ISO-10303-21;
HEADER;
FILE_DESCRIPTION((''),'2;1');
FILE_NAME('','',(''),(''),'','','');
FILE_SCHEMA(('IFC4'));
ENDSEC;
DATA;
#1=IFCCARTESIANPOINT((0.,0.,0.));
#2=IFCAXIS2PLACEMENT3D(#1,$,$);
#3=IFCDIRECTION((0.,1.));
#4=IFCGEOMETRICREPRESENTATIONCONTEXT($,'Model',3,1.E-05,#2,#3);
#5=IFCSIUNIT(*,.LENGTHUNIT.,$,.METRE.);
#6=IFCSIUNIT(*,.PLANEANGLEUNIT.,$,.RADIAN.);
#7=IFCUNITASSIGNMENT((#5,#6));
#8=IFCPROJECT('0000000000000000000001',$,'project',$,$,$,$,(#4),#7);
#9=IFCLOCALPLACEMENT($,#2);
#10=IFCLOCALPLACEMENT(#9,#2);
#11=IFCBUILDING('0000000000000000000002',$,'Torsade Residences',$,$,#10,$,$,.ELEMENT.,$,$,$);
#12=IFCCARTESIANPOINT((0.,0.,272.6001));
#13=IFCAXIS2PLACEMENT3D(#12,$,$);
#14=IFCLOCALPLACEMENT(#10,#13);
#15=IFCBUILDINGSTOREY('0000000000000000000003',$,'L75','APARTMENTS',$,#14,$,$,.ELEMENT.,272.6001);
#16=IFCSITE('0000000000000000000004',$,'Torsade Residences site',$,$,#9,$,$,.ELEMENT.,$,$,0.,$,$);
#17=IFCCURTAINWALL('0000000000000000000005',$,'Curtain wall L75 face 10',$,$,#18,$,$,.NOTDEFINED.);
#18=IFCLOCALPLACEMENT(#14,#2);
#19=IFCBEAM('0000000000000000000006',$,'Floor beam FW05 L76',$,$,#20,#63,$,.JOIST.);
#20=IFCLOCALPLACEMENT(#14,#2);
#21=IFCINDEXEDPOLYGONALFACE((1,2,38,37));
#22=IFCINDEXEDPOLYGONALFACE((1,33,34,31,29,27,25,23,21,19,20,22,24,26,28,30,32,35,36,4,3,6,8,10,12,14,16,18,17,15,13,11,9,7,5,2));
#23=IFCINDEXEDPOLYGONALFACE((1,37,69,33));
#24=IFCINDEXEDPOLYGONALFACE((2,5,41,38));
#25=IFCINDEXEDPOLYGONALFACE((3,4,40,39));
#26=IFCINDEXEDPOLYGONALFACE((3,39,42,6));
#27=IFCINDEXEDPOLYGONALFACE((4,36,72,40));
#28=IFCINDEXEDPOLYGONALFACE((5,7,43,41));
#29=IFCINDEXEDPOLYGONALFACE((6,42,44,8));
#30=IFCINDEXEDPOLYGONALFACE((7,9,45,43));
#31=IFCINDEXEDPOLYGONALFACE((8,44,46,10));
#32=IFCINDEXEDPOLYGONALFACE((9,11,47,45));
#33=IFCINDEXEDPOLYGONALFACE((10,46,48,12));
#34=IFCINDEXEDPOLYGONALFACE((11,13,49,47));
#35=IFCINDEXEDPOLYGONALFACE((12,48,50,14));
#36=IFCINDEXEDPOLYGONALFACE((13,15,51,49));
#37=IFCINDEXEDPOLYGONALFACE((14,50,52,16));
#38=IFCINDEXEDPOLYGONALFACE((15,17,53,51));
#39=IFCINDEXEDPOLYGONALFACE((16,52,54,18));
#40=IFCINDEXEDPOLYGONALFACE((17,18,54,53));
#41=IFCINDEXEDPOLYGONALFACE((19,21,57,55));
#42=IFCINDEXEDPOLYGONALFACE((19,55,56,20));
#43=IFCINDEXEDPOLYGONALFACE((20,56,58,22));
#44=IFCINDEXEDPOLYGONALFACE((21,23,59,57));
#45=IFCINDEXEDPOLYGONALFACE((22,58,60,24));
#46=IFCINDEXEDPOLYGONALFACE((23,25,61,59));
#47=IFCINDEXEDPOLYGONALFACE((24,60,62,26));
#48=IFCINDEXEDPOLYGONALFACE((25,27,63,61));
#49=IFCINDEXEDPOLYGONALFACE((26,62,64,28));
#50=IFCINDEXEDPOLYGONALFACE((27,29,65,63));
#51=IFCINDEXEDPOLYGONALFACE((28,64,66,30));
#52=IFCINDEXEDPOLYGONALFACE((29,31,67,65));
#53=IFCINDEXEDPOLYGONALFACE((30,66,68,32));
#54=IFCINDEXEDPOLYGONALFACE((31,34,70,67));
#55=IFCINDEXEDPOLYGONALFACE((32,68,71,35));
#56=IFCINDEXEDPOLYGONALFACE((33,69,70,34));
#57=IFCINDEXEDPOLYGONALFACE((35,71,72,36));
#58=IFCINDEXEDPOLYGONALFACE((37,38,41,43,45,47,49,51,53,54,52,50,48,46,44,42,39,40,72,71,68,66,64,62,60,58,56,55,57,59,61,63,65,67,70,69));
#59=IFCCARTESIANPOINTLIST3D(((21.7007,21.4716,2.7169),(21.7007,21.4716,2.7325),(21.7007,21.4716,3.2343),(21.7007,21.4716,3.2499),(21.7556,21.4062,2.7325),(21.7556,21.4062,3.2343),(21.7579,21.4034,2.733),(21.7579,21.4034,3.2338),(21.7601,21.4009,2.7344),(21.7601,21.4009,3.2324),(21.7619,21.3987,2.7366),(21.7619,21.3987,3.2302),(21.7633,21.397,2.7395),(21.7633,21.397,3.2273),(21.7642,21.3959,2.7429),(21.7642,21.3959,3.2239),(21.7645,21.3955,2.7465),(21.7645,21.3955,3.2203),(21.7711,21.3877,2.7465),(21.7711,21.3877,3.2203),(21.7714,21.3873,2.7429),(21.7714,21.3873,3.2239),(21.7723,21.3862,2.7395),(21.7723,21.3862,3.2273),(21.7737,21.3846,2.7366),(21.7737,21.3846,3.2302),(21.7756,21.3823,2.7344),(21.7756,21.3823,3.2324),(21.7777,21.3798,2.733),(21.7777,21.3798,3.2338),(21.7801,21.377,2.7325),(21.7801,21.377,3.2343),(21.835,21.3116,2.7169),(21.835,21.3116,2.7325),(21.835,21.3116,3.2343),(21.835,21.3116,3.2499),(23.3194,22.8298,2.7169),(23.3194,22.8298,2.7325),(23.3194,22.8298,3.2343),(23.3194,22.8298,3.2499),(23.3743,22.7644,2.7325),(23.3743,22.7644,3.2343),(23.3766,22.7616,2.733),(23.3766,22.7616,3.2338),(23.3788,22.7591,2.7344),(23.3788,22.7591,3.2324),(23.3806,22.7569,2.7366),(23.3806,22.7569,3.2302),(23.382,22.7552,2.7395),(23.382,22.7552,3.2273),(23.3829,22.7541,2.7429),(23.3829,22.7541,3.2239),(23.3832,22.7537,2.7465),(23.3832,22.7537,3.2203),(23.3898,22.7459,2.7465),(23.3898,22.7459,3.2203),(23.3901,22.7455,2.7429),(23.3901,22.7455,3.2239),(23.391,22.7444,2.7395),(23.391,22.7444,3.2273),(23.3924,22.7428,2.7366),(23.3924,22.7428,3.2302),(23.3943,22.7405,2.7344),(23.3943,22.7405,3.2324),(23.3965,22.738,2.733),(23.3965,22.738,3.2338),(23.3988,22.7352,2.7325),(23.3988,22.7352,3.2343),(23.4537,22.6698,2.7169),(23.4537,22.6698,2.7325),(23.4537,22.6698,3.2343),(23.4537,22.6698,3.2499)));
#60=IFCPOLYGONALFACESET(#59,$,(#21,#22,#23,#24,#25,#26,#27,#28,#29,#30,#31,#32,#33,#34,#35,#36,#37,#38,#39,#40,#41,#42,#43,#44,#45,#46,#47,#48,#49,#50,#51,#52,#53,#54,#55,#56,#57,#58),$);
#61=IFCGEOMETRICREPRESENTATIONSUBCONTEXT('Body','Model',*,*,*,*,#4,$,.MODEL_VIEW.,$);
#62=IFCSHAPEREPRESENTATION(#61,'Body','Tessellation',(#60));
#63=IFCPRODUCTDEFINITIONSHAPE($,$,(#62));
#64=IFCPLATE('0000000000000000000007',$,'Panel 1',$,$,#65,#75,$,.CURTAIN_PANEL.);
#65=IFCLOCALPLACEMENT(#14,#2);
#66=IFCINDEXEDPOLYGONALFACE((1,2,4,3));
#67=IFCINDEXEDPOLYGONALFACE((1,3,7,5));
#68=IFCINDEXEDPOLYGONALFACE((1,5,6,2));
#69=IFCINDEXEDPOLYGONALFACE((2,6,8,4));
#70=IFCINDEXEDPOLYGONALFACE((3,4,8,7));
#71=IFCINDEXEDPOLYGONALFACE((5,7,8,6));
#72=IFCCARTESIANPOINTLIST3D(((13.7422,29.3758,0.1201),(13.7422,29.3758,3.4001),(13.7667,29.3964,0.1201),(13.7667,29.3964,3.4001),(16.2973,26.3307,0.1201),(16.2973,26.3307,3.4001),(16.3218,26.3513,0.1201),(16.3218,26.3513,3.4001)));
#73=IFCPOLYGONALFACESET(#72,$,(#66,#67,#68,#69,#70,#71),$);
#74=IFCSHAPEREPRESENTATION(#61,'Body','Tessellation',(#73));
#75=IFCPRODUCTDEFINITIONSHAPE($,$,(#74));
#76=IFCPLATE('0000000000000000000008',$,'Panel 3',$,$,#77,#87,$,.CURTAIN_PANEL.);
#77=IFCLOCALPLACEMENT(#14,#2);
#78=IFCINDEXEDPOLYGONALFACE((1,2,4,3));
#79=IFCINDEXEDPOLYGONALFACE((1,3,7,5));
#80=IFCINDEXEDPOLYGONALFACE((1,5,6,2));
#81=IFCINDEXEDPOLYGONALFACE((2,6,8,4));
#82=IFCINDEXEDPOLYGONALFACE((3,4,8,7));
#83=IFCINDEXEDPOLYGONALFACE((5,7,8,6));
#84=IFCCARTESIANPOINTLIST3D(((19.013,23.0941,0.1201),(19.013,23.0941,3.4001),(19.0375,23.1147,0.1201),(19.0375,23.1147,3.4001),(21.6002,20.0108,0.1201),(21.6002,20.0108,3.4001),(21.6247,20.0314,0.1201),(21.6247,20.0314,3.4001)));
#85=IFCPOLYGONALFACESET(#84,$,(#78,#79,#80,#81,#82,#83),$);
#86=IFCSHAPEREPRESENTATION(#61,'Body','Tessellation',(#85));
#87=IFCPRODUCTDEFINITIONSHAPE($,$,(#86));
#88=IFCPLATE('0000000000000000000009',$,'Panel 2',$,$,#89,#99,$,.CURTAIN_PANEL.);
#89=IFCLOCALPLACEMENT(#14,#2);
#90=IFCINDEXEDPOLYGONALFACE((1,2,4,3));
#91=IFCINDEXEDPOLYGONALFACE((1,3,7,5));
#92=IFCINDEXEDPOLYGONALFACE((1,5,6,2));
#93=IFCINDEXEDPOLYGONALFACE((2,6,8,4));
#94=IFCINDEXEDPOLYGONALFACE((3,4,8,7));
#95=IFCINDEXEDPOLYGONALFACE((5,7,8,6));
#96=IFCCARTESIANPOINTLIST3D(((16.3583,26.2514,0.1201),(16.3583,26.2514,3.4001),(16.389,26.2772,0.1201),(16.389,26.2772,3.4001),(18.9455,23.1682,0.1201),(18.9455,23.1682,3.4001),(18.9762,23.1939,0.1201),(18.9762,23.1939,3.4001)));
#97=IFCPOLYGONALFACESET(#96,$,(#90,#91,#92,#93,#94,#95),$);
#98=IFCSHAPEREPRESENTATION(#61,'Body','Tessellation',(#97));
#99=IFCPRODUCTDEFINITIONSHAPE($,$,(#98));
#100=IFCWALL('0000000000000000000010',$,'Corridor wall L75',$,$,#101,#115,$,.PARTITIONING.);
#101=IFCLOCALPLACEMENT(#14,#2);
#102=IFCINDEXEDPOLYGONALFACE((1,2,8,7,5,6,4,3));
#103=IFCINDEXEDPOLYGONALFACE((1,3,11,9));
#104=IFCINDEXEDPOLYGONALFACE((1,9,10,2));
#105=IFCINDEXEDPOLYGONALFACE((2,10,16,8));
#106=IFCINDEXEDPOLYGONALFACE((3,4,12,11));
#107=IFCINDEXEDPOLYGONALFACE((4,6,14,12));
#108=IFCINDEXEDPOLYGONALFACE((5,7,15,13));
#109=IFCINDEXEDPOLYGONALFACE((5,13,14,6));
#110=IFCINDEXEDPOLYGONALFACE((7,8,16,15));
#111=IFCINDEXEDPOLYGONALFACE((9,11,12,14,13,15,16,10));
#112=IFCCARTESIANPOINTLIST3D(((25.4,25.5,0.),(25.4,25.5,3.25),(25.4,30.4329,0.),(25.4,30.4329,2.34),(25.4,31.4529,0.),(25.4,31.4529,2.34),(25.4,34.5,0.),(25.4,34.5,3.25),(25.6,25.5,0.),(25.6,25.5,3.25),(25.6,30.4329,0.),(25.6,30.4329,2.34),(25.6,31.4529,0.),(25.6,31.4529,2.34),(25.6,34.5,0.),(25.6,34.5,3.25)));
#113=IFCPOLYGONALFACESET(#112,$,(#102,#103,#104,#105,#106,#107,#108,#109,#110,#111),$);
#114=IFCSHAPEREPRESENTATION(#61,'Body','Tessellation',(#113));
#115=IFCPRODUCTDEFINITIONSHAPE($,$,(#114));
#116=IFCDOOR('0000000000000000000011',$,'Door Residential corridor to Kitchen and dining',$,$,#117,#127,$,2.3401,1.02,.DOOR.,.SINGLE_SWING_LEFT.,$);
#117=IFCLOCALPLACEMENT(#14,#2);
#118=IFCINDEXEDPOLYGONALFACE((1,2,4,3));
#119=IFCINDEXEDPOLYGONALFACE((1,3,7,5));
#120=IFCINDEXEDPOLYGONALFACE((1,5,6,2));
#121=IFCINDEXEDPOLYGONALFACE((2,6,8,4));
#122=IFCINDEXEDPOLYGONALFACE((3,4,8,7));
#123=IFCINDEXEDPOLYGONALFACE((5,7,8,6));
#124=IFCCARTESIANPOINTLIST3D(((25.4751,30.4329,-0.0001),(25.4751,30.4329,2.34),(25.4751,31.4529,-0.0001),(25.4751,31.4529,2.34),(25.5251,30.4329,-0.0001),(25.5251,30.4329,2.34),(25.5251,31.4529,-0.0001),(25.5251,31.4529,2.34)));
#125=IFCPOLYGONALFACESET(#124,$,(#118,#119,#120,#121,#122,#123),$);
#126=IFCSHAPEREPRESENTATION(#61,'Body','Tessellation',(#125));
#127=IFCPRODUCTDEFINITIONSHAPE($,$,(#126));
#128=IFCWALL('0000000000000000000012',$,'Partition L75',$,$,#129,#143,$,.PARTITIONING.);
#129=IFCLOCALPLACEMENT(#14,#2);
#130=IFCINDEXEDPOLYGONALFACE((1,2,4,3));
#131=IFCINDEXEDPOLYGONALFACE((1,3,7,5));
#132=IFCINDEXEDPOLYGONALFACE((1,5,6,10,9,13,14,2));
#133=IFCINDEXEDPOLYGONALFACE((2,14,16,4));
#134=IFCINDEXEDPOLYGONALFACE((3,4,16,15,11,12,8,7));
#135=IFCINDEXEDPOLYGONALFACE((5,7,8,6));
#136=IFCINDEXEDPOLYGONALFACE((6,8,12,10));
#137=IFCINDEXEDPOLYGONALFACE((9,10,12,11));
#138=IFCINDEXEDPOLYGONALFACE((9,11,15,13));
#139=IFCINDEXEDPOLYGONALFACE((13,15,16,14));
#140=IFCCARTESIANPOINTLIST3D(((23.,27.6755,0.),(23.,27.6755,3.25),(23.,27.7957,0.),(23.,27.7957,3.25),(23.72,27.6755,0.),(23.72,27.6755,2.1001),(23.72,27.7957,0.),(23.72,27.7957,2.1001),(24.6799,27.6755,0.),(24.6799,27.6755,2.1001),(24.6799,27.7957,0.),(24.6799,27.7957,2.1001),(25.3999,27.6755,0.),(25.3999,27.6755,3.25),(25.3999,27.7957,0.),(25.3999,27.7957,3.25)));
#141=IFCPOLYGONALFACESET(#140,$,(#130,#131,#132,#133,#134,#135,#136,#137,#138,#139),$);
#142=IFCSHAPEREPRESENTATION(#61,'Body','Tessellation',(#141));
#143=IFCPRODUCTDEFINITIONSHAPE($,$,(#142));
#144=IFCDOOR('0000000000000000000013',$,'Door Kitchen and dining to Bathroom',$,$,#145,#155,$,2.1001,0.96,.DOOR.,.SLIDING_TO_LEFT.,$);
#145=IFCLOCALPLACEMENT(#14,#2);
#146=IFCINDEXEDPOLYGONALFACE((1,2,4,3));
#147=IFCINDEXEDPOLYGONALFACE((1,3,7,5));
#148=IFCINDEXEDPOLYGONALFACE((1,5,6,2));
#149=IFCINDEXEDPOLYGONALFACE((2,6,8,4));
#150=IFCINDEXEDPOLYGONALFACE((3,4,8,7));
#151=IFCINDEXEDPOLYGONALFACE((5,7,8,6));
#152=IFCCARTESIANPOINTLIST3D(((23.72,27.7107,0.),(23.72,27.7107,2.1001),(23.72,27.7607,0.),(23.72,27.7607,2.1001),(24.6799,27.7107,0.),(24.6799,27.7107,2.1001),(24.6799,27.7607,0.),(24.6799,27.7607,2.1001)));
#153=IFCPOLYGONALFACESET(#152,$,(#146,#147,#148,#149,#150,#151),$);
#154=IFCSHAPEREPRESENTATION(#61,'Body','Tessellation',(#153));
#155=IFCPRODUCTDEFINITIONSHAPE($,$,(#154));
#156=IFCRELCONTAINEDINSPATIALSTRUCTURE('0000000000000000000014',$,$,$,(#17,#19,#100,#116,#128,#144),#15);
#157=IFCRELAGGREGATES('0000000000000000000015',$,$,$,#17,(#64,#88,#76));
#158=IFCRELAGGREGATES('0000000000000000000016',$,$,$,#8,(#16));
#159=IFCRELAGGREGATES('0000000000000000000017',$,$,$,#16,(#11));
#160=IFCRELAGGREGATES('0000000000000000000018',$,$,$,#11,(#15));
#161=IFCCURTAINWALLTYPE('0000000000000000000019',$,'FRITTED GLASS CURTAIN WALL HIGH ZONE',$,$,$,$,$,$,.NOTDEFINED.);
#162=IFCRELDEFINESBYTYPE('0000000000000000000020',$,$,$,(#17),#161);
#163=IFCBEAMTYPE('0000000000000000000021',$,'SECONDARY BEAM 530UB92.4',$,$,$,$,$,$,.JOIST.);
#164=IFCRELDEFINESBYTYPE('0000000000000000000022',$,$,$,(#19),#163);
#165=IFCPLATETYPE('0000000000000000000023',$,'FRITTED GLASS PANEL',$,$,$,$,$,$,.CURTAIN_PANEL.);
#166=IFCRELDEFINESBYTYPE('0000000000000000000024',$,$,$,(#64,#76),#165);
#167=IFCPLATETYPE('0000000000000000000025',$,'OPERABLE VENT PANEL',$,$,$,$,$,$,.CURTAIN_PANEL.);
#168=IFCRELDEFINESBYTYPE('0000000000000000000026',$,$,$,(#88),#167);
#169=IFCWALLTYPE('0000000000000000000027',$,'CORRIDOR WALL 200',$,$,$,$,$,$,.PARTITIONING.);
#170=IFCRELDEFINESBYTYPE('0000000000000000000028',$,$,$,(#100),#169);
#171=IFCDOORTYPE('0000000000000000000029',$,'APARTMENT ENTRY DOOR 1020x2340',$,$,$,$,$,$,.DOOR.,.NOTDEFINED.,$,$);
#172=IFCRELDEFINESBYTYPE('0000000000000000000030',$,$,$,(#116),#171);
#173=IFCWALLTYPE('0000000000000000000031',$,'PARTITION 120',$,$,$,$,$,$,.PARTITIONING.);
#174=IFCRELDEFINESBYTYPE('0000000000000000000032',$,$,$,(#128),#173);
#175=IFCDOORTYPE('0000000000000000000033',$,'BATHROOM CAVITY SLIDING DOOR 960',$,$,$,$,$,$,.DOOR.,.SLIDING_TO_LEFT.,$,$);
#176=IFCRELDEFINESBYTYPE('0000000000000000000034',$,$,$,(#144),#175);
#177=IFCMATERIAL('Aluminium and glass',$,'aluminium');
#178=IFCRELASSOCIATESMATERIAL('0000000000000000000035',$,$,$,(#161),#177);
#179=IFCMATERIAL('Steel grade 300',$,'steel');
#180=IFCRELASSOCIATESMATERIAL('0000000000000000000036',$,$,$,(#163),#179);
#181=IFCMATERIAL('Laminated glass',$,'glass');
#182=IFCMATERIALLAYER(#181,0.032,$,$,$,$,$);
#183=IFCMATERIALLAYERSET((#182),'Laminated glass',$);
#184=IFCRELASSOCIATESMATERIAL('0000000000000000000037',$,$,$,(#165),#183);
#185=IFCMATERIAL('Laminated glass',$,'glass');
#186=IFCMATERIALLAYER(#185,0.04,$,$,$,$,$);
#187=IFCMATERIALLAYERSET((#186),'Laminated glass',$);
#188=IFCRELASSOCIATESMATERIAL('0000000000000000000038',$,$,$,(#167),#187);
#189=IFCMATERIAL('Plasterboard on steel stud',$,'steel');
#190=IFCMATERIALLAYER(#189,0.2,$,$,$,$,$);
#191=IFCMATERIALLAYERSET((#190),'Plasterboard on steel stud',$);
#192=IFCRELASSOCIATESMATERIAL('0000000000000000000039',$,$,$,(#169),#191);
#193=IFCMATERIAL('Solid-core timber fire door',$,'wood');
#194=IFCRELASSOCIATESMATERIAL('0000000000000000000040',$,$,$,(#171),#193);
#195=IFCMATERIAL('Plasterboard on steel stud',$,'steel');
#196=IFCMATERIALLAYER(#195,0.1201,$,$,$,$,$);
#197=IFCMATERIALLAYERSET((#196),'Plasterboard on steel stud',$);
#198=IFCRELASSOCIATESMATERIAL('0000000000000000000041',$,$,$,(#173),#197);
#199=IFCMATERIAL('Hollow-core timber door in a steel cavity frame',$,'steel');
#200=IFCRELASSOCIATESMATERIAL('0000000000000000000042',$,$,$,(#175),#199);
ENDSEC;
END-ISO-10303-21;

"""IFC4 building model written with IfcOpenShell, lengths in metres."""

from ifc_helpers import new_model, si_unit, direction, frame, frame_2d, origin, origin_2d, place, context, subcontext, project, spatial, rectangle, i_section, extrude, material, layer, layer_set, material_profile, profile_set, type_object, element, fill, aggregate, save


model = new_model("IFC4")

# Units and contexts
model_context = context("Model", 3, precision=1e-05, world=origin(), true_north=direction((0.0, 1.0)))
body_context = subcontext(model_context, "Body", "Model", "MODEL_VIEW")
ifc_project = project(units=[si_unit("LENGTHUNIT", "METRE"), si_unit("PLANEANGLEUNIT", "RADIAN")], contexts=[model_context])

# Site, building, storey
site_placement = place(None, origin())
site = spatial("IfcSite", under=ifc_project, at=site_placement, Name="Torsade Residences site", CompositionType="ELEMENT", RefElevation=0.0)
building_placement = place(site_placement, origin())
building = spatial("IfcBuilding", under=site, at=building_placement, Name="Torsade Residences", CompositionType="ELEMENT")
storey_placement = place(building_placement, frame((0.0, 0.0, 272.6001)))
storey = spatial("IfcBuildingStorey", under=building, at=storey_placement, Name="L75", Description="APARTMENTS", CompositionType="ELEMENT", Elevation=272.6001)

# Curtain wall
ifc_material_1 = material(Name="Aluminium and glass", Category="aluminium")
curtain_wall_type = type_object("IfcCurtainWallType", Name="FRITTED GLASS CURTAIN WALL HIGH ZONE", PredefinedType="NOTDEFINED", material=ifc_material_1)
curtain_wall_placement = place(storey_placement, origin())
curtain_wall = element("IfcCurtainWall", 1, at=curtain_wall_placement, inside=storey, type_object=curtain_wall_type, Name="Curtain wall L75 face 10", PredefinedType="NOTDEFINED")

# Beam
ifc_material_2 = material(Name="Steel grade 300", Category="steel")
ifc_material_profile_1 = material_profile(ifc_material_2, i_section(OverallWidth=0.209, OverallDepth=0.533, WebThickness=0.0103, FlangeThickness=0.0156, FilletRadius=0.0139, at=origin_2d()), Name="530UB92.4")
ifc_profile_set_1 = profile_set([ifc_material_profile_1], Name="Steel grade 300")
beam_type_1 = type_object("IfcBeamType", Name="SECONDARY BEAM 530UB92.4", PredefinedType="JOIST", material=ifc_profile_set_1)
beam_1_placement = place(storey_placement, frame((21.7678, 21.3916, 2.9834), z_axis=(0.766058, 0.642772, 0.0), x_axis=(-0.642772, 0.766058, 0.0)))
element("IfcBeam", 2, at=beam_1_placement, inside=storey, type_object=beam_type_1, Name="Floor beam FW05 L76", PredefinedType="JOIST", context=body_context, shape_type="SweptSolid", body=[
    extrude(i_section(OverallWidth=0.209, OverallDepth=0.533, WebThickness=0.0103, FlangeThickness=0.0156, FilletRadius=0.0139, at=origin_2d()), origin(), (0.0, 0.0, 1.0), 2.113),
])

# Plates
ifc_material_3 = material(Name="Laminated glass", Category="glass")
ifc_layer_1 = layer(ifc_material_3, 0.032)
ifc_layer_set_1 = layer_set([ifc_layer_1], Name="Laminated glass")
plate_type_1 = type_object("IfcPlateType", Name="FRITTED GLASS PANEL", PredefinedType="CURTAIN_PANEL", material=ifc_layer_set_1)
plate_1_placement = place(storey_placement, frame((15.032, 27.8635, 0.1201), z_axis=(0.0, 0.0, 1.0), x_axis=(0.642788, -0.766044, 0.0)))
plate_1 = element("IfcPlate", 3, at=plate_1_placement, type_object=plate_type_1, Name="Panel 1", PredefinedType="CURTAIN_PANEL", context=body_context, shape_type="SweptSolid", body=[
    extrude(rectangle(XDim=3.9751, YDim=0.032, at=origin_2d()), origin(), (0.0, 0.0, 1.0), 3.28),
])
plate_2_placement = place(storey_placement, frame((20.3188, 21.5627, 0.1201), z_axis=(0.0, 0.0, 1.0), x_axis=(0.642788, -0.766044, 0.0)))
plate_2 = element("IfcPlate", 4, at=plate_2_placement, type_object=plate_type_1, Name="Panel 3", PredefinedType="CURTAIN_PANEL", context=body_context, shape_type="SweptSolid", body=[
    extrude(rectangle(XDim=4.0249, YDim=0.032, at=origin_2d()), origin(), (0.0, 0.0, 1.0), 3.28),
])
ifc_material_4 = material(Name="Laminated glass", Category="glass")
ifc_layer_2 = layer(ifc_material_4, 0.04)
ifc_layer_set_2 = layer_set([ifc_layer_2], Name="Laminated glass")
plate_type_2 = type_object("IfcPlateType", Name="OPERABLE VENT PANEL", PredefinedType="CURTAIN_PANEL", material=ifc_layer_set_2)
plate_3_placement = place(storey_placement, frame((17.6672, 24.7227, 0.1201), z_axis=(0.0, 0.0, 1.0), x_axis=(0.642788, -0.766044, 0.0)))
plate_3 = element("IfcPlate", 5, at=plate_3_placement, type_object=plate_type_2, Name="Panel 2", PredefinedType="CURTAIN_PANEL", context=body_context, shape_type="SweptSolid", body=[
    extrude(rectangle(XDim=4.0249, YDim=0.04, at=origin_2d()), origin(), (0.0, 0.0, 1.0), 3.28),
])
aggregate(curtain_wall, [plate_1, plate_3, plate_2])

# Walls, openings, doors
ifc_material_5 = material(Name="Plasterboard on steel stud", Category="steel")
ifc_layer_3 = layer(ifc_material_5, 0.2)
ifc_layer_set_3 = layer_set([ifc_layer_3], Name="Plasterboard on steel stud")
wall_type_1 = type_object("IfcWallType", Name="CORRIDOR WALL 200", PredefinedType="PARTITIONING", material=ifc_layer_set_3)
wall_1_placement = place(storey_placement, frame((25.5, 25.5, 0.0), z_axis=(0.0, 0.0, 1.0), x_axis=(0.0, 1.0, 0.0)))
wall_1 = element("IfcWall", 6, at=wall_1_placement, inside=storey, type_object=wall_type_1, Name="Corridor wall L75", PredefinedType="PARTITIONING", context=body_context, shape_type="SweptSolid", body=[
    extrude(rectangle(XDim=9.0, YDim=0.2, at=frame_2d((4.5, 0.0))), origin(), (0.0, 0.0, 1.0), 3.25),
])
opening_1_placement = place(wall_1_placement, frame((4.9329, 0.0, 0.0)))
opening_1 = element("IfcOpeningElement", 7, at=opening_1_placement, cuts=wall_1, PredefinedType="OPENING", context=body_context, shape_type="SweptSolid", body=[
    extrude(rectangle(XDim=1.02, YDim=2.3401, at=frame_2d((0.51, 1.1699))), frame((0.0, 0.1099, 0.0), z_axis=(0.0, -1.0, 0.0), x_axis=(1.0, 0.0, 0.0)), (0.0, 0.0, 1.0), 0.22),
])
ifc_material_6 = material(Name="Solid-core timber fire door", Category="wood")
door_type_1 = type_object("IfcDoorType", Name="APARTMENT ENTRY DOOR 1020x2340", OperationType="NOTDEFINED", PredefinedType="DOOR", material=ifc_material_6)
door_1_placement = place(opening_1_placement, origin())
door_1 = element("IfcDoor", 8, at=door_1_placement, inside=storey, type_object=door_type_1, Name="Door Residential corridor to Kitchen and dining", OperationType="SINGLE_SWING_LEFT", OverallHeight=2.3401, OverallWidth=1.02, PredefinedType="DOOR", context=body_context, shape_type="SweptSolid", body=[
    extrude(rectangle(XDim=1.02, YDim=2.3401, at=frame_2d((0.51, 1.1699))), frame((0.0, 0.0249, 0.0), z_axis=(0.0, -1.0, 0.0), x_axis=(1.0, 0.0, 0.0)), (0.0, 0.0, 1.0), 0.05),
])
fill(opening_1, door_1)
ifc_material_7 = material(Name="Plasterboard on steel stud", Category="steel")
ifc_layer_4 = layer(ifc_material_7, 0.1201)
ifc_layer_set_4 = layer_set([ifc_layer_4], Name="Plasterboard on steel stud")
wall_type_2 = type_object("IfcWallType", Name="PARTITION 120", PredefinedType="PARTITIONING", material=ifc_layer_set_4)
wall_2_placement = place(storey_placement, frame((25.3999, 27.7356, 0.0), z_axis=(0.0, 0.0, 1.0), x_axis=(-1.0, 0.0, 0.0)))
wall_2 = element("IfcWall", 9, at=wall_2_placement, inside=storey, type_object=wall_type_2, Name="Partition L75", PredefinedType="PARTITIONING", context=body_context, shape_type="SweptSolid", body=[
    extrude(rectangle(XDim=2.3999, YDim=0.1201, at=frame_2d((1.2, 0.0))), origin(), (0.0, 0.0, 1.0), 3.25),
])
opening_2_placement = place(wall_2_placement, frame((0.72, 0.0, 0.0)))
opening_2 = element("IfcOpeningElement", 10, at=opening_2_placement, cuts=wall_2, PredefinedType="OPENING", context=body_context, shape_type="SweptSolid", body=[
    extrude(rectangle(XDim=0.96, YDim=2.1001, at=frame_2d((0.48, 1.05))), frame((0.0, 0.0701, 0.0), z_axis=(0.0, -1.0, 0.0), x_axis=(1.0, 0.0, 0.0)), (0.0, 0.0, 1.0), 0.1401),
])
ifc_material_8 = material(Name="Hollow-core timber door in a steel cavity frame", Category="steel")
door_type_2 = type_object("IfcDoorType", Name="BATHROOM CAVITY SLIDING DOOR 960", OperationType="SLIDING_TO_LEFT", PredefinedType="DOOR", material=ifc_material_8)
door_2_placement = place(opening_2_placement, origin())
door_2 = element("IfcDoor", 11, at=door_2_placement, inside=storey, type_object=door_type_2, Name="Door Kitchen and dining to Bathroom", OperationType="SLIDING_TO_LEFT", OverallHeight=2.1001, OverallWidth=0.96, PredefinedType="DOOR", context=body_context, shape_type="SweptSolid", body=[
    extrude(rectangle(XDim=0.96, YDim=2.1001, at=frame_2d((0.48, 1.05))), frame((0.0, 0.0249, 0.0), z_axis=(0.0, -1.0, 0.0), x_axis=(1.0, 0.0, 0.0)), (0.0, 0.0, 1.0), 0.05),
])
fill(opening_2, door_2)

save(model, "model.ifc")
